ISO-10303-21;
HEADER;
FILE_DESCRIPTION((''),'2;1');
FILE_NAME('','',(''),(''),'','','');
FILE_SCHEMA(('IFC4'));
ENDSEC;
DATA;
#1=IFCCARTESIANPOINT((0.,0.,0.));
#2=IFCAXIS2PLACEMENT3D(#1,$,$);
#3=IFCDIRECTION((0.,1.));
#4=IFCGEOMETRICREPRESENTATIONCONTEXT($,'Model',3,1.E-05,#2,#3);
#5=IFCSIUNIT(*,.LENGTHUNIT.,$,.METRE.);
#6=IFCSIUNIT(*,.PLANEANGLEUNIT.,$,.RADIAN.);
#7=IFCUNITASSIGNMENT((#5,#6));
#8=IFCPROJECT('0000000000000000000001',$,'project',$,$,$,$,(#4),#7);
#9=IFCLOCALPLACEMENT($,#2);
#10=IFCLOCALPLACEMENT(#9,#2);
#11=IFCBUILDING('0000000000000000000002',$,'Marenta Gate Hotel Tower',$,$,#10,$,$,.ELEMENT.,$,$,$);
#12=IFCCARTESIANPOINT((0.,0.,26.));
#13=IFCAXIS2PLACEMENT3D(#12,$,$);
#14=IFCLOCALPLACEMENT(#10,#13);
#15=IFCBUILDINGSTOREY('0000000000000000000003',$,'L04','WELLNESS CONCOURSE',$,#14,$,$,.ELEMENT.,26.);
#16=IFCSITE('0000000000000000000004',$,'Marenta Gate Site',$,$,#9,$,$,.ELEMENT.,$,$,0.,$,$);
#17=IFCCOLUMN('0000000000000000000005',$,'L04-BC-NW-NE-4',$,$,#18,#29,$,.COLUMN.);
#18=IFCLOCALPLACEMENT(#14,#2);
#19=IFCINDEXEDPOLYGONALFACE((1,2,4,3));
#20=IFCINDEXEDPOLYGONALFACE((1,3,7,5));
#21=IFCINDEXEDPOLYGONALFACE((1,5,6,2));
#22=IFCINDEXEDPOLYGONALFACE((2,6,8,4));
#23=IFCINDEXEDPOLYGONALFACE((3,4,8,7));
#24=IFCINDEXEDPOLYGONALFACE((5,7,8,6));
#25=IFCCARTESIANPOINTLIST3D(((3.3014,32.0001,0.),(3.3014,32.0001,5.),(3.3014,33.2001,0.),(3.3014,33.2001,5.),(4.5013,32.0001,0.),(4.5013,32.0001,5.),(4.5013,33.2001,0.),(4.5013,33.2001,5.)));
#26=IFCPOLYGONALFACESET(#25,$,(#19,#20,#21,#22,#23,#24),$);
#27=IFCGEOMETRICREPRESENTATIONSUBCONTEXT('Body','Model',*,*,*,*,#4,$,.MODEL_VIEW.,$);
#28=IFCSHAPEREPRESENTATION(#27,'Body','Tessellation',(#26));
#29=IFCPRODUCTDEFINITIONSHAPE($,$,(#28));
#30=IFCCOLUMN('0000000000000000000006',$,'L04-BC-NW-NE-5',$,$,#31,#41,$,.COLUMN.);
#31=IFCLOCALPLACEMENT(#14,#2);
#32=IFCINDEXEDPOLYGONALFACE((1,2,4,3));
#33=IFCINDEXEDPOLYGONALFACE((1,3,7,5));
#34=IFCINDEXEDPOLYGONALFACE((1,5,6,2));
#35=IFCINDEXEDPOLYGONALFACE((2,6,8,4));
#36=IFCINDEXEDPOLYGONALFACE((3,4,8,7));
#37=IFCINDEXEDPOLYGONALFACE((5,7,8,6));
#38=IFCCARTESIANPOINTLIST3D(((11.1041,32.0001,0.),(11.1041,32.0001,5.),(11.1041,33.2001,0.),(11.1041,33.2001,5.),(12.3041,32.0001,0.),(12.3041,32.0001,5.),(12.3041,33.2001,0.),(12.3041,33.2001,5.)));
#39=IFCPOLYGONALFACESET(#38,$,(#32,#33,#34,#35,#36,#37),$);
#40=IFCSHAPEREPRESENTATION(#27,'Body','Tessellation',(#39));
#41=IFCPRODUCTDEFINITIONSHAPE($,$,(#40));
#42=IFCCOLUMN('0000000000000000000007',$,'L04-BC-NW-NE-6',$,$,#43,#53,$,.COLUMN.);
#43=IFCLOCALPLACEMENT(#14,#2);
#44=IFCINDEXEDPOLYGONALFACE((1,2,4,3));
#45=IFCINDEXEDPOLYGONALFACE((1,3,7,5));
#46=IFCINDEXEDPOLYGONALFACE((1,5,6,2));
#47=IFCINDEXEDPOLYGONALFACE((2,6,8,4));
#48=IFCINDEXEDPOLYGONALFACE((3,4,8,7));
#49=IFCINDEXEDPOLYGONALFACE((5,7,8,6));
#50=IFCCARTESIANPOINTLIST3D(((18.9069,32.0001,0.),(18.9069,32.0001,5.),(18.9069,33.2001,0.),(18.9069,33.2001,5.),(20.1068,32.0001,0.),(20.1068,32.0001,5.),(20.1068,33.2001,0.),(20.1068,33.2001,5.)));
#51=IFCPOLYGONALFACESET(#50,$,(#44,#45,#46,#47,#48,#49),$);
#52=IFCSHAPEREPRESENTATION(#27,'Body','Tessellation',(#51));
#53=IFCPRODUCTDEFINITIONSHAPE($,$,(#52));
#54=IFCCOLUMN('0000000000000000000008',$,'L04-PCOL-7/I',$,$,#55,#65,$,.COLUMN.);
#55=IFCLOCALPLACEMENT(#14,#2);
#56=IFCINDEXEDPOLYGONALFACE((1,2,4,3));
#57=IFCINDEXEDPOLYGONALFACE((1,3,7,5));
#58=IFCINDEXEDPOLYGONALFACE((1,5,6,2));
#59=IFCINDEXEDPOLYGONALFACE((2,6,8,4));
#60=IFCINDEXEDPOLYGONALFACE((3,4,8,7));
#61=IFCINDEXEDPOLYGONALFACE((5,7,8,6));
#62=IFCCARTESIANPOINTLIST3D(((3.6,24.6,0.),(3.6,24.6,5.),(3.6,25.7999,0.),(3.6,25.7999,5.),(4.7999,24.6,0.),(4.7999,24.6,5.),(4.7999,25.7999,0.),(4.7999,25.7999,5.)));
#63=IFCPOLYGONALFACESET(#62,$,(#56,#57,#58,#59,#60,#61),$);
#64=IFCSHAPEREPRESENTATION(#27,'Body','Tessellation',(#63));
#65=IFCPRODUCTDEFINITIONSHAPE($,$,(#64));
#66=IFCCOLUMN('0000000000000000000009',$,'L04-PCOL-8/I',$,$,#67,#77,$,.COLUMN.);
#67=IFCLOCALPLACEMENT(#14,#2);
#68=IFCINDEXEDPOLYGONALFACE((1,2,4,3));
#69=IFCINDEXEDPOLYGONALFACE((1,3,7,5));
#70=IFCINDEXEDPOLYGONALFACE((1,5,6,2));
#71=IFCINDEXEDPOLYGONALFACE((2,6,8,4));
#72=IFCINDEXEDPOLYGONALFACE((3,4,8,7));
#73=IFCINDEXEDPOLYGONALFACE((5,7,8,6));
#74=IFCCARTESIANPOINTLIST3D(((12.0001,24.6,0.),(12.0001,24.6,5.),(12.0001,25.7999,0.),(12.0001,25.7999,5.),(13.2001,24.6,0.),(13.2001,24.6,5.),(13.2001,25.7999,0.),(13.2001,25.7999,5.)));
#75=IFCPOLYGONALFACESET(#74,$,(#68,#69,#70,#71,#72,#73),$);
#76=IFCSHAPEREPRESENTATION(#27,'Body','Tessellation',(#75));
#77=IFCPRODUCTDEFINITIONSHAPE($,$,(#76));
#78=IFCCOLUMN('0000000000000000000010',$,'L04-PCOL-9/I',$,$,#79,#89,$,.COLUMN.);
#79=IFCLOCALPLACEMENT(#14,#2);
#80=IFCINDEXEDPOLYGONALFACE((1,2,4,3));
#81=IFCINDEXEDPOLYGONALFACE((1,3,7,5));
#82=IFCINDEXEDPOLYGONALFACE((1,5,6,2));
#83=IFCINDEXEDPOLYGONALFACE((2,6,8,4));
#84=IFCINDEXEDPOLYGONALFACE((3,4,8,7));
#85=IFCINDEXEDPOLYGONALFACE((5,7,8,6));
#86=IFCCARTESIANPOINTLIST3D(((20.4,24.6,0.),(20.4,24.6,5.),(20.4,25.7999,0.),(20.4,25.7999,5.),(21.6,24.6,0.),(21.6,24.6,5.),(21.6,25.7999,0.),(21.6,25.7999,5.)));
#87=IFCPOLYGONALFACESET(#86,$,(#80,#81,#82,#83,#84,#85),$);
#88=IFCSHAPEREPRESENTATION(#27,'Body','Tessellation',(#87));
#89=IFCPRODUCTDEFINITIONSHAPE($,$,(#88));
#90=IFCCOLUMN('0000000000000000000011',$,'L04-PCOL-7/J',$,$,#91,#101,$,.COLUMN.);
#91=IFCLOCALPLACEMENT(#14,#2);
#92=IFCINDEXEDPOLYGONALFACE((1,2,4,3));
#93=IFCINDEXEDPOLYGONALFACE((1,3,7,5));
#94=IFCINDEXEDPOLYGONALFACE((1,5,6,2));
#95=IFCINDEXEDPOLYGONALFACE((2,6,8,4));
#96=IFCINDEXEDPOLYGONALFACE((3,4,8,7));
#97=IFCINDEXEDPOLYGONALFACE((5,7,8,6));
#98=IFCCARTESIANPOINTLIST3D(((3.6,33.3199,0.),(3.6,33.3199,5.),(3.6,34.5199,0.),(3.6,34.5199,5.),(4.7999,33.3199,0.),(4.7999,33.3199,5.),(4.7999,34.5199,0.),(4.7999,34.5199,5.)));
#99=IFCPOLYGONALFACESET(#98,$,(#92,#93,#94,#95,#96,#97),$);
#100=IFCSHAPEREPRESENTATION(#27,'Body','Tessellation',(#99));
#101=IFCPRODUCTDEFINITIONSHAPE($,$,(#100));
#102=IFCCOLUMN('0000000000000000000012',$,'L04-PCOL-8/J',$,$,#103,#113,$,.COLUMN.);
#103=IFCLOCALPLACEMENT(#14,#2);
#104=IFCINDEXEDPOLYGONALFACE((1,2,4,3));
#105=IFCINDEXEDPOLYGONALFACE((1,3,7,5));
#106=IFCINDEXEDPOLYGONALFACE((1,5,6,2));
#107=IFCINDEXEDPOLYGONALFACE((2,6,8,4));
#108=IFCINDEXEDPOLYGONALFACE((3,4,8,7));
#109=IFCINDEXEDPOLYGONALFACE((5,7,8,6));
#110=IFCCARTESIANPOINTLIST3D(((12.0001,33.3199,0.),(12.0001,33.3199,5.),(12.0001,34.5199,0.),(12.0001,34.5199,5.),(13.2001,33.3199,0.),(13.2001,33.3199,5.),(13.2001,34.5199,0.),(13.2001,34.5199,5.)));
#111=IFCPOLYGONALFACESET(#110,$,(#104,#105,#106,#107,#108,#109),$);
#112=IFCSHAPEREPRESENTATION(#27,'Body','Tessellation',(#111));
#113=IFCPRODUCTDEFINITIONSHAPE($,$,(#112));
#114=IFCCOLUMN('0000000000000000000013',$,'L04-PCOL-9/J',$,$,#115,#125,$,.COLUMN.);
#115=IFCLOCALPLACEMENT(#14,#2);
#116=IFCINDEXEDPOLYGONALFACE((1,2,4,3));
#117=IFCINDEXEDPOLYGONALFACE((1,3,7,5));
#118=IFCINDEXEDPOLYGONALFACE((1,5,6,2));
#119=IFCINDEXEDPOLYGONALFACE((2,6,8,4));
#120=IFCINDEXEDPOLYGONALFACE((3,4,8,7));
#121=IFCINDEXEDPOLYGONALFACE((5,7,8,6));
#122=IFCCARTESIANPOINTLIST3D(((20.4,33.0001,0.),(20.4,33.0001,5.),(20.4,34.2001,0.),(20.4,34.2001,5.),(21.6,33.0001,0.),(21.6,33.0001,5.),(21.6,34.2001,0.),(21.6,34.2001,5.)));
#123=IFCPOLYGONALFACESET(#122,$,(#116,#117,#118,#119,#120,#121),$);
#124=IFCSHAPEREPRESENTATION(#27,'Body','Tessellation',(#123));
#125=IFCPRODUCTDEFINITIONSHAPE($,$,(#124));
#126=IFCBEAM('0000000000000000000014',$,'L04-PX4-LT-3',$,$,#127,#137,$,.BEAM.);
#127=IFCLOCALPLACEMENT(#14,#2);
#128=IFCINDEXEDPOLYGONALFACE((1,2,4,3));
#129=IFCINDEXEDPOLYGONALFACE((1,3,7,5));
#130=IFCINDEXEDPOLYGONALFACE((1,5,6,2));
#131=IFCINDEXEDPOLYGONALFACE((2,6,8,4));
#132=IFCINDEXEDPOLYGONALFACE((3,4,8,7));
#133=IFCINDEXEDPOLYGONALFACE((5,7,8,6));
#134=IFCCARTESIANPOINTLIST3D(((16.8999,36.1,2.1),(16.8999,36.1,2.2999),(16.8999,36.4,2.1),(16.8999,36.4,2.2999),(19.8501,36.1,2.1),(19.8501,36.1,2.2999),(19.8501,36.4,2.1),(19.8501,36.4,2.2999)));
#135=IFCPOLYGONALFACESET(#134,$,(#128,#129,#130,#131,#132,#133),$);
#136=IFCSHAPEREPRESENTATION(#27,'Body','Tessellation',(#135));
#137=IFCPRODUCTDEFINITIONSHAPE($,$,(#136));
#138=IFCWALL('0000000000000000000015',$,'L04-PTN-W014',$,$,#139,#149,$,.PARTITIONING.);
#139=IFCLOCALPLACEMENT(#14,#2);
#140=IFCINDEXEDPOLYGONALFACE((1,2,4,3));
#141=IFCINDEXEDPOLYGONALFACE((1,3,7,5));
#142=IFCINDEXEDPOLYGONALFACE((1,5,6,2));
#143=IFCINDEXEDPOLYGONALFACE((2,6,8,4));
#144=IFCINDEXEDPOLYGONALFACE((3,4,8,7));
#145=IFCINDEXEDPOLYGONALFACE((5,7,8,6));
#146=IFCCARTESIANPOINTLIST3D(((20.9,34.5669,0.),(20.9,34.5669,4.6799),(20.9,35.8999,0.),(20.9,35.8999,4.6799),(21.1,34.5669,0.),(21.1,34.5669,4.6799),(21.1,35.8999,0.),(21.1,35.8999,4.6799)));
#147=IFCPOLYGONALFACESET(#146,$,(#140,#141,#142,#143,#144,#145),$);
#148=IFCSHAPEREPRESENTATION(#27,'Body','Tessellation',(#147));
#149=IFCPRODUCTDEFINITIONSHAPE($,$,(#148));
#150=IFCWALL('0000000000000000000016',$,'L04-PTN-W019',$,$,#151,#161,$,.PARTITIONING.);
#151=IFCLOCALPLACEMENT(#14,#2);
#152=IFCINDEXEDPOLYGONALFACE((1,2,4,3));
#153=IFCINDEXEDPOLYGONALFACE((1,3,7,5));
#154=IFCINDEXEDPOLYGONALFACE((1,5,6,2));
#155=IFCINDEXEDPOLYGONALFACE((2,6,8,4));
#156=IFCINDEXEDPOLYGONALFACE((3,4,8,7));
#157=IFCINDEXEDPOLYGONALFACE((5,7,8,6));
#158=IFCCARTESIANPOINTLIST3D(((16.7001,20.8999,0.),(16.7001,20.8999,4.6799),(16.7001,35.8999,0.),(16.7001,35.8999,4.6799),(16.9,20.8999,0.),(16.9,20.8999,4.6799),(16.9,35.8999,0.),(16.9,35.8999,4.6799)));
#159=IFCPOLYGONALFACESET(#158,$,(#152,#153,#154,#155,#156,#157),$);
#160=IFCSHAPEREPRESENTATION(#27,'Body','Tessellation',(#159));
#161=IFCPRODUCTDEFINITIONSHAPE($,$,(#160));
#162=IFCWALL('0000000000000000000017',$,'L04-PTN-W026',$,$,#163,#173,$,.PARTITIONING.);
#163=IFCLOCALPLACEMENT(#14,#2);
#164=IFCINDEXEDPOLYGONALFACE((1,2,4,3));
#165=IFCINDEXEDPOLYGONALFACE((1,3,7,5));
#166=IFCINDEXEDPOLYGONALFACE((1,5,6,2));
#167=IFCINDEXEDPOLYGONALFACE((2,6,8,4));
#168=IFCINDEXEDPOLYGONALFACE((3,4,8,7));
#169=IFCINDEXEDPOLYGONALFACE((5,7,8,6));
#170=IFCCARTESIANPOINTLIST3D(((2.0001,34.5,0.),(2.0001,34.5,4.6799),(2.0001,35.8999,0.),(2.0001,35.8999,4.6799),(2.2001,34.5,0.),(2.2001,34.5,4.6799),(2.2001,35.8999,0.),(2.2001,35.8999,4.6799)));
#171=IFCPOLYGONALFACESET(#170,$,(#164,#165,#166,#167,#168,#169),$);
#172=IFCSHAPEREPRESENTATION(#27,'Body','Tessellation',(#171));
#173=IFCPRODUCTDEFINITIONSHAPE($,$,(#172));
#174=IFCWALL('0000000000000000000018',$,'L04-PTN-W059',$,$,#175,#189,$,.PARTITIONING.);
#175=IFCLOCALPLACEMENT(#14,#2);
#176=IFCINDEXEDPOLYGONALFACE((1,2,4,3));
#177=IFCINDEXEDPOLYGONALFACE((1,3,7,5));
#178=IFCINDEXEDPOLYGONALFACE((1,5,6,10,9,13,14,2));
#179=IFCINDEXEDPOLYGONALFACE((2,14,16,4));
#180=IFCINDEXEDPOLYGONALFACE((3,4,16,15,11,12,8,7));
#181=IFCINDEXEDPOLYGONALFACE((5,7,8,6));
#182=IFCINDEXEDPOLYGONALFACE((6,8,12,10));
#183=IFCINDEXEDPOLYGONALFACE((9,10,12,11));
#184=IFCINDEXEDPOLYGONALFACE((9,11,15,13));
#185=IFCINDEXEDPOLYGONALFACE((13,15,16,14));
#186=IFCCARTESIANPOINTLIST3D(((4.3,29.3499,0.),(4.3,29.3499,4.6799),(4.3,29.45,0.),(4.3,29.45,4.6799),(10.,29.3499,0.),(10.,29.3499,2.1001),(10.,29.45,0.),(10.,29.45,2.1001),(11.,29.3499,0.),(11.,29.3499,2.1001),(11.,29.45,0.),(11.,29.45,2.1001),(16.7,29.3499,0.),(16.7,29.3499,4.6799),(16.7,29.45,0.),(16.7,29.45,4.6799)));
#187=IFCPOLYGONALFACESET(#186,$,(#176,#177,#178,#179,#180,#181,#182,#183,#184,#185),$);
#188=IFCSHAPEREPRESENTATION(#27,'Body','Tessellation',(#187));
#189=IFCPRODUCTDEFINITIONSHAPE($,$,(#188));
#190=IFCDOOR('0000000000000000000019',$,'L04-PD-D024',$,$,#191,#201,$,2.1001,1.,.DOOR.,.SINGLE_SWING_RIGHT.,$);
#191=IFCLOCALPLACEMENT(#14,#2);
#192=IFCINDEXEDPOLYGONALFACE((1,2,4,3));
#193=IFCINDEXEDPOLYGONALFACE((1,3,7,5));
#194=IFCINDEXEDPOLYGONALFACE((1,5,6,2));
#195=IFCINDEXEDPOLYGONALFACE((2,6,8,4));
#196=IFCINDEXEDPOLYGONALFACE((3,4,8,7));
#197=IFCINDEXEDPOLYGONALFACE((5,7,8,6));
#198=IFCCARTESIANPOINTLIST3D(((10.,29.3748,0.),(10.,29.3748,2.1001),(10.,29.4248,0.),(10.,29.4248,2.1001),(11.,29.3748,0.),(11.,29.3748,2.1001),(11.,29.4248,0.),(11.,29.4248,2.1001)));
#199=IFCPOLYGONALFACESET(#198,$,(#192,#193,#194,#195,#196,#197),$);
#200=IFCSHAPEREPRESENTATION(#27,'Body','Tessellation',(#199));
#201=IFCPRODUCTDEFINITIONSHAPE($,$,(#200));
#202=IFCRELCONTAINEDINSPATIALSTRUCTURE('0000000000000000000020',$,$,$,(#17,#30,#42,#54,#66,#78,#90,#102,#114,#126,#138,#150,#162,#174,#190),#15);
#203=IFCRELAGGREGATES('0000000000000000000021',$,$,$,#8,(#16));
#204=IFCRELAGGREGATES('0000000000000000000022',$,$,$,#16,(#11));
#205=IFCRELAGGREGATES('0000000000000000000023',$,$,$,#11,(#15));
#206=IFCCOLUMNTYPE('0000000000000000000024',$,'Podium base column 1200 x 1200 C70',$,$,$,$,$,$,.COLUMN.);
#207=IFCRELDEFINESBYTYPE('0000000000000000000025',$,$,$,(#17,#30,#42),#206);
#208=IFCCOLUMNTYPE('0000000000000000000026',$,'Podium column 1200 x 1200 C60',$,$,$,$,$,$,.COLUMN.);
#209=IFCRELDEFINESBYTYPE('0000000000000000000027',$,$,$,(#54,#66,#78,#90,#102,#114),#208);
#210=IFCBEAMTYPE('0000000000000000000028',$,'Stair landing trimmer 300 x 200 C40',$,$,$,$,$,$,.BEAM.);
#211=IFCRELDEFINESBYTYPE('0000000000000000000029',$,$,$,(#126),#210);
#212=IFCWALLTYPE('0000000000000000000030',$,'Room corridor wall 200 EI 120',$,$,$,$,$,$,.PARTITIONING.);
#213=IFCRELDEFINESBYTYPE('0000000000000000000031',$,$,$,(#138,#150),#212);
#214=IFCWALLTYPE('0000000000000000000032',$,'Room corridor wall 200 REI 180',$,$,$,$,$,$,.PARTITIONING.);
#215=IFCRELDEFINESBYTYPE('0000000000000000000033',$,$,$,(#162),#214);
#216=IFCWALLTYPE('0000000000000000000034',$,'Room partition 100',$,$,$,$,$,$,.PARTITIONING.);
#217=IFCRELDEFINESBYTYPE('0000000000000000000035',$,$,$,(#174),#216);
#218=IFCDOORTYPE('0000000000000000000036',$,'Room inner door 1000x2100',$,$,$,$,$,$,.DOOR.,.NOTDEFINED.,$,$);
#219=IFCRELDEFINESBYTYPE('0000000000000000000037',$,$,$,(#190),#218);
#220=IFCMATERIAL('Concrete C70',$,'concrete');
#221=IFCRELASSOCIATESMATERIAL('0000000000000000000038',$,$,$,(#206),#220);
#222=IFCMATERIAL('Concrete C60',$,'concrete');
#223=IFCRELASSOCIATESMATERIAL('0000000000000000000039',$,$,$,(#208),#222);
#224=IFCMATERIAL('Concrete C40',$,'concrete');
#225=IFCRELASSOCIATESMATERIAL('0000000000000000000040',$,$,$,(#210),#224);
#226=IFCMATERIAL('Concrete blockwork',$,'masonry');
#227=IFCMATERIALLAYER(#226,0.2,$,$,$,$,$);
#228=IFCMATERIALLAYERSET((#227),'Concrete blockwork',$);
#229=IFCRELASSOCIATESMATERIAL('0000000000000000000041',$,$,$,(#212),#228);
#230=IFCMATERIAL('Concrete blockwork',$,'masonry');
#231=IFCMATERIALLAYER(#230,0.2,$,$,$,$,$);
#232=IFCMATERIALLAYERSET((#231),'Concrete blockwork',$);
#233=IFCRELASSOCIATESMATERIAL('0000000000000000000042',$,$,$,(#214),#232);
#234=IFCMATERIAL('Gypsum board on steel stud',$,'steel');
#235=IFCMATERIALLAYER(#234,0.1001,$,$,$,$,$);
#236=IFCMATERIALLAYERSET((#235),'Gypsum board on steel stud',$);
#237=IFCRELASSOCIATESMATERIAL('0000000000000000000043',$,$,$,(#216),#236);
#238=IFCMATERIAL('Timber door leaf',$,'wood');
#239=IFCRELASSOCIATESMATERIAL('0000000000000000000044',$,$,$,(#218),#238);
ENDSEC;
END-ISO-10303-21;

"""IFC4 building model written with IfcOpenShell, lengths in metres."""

from ifc_helpers import new_model, si_unit, direction, frame, frame_2d, origin, origin_2d, place, context, subcontext, project, spatial, rectangle, extrude, material, layer, layer_set, material_profile, profile_set, type_object, element, fill, save


model = new_model("IFC4")

# Units and contexts
model_context = context("Model", 3, precision=1e-05, world=origin(), true_north=direction((0.0, 1.0)))
body_context = subcontext(model_context, "Body", "Model", "MODEL_VIEW")
ifc_project = project(units=[si_unit("LENGTHUNIT", "METRE"), si_unit("PLANEANGLEUNIT", "RADIAN")], contexts=[model_context])

# Site, building, storey
site_placement = place(None, origin())
site = spatial("IfcSite", under=ifc_project, at=site_placement, Name="Marenta Gate Site", CompositionType="ELEMENT", RefElevation=0.0)
building_placement = place(site_placement, origin())
building = spatial("IfcBuilding", under=site, at=building_placement, Name="Marenta Gate Hotel Tower", CompositionType="ELEMENT")
storey_placement = place(building_placement, frame((0.0, 0.0, 26.0)))
storey = spatial("IfcBuildingStorey", under=building, at=storey_placement, Name="L04", Description="WELLNESS CONCOURSE", CompositionType="ELEMENT", Elevation=26.0)

# Columns
ifc_material_1 = material(Name="Concrete C70", Category="concrete")
ifc_material_profile_1 = material_profile(ifc_material_1, rectangle(XDim=1.2, YDim=1.2, at=origin_2d()), Name="1200 x 1200")
ifc_profile_set_1 = profile_set([ifc_material_profile_1], Name="Concrete C70")
column_type_1 = type_object("IfcColumnType", Name="Podium base column 1200 x 1200 C70", PredefinedType="COLUMN", material=ifc_profile_set_1)
for number, where, z_axis, x_axis, name in (
    (1, (3.9014, 32.6001, 0.0), (0.0, 0.0, 1.0), (1.0, 0.0, 0.0), "L04-BC-NW-NE-4"),
    (2, (11.7041, 32.6001, 0.0), (0.0, 0.0, 1.0), (1.0, 0.0, 0.0), "L04-BC-NW-NE-5"),
    (3, (19.5068, 32.6001, 0.0), (0.0, 0.0, 1.0), (1.0, 0.0, 0.0), "L04-BC-NW-NE-6"),
):
    element("IfcColumn", number, at=place(storey_placement, frame(where, z_axis=z_axis, x_axis=x_axis)), inside=storey, type_object=column_type_1, Name=name, PredefinedType="COLUMN", context=body_context, shape_type="SweptSolid", body=[
        extrude(rectangle(XDim=1.2, YDim=1.2, at=origin_2d()), origin(), (0.0, 0.0, 1.0), 5.0),
    ])
ifc_material_2 = material(Name="Concrete C60", Category="concrete")
ifc_material_profile_2 = material_profile(ifc_material_2, rectangle(XDim=1.2, YDim=1.2, at=origin_2d()), Name="1200 x 1200")
ifc_profile_set_2 = profile_set([ifc_material_profile_2], Name="Concrete C60")
column_type_2 = type_object("IfcColumnType", Name="Podium column 1200 x 1200 C60", PredefinedType="COLUMN", material=ifc_profile_set_2)
for number, where, z_axis, x_axis, name in (
    (4, (4.2, 25.2, 0.0), (0.0, 0.0, 1.0), (1.0, 0.0, 0.0), "L04-PCOL-7/I"),
    (5, (12.6001, 25.2, 0.0), (0.0, 0.0, 1.0), (1.0, 0.0, 0.0), "L04-PCOL-8/I"),
    (6, (21.0, 25.2, 0.0), (0.0, 0.0, 1.0), (1.0, 0.0, 0.0), "L04-PCOL-9/I"),
    (7, (4.2, 33.9199, 0.0), (0.0, 0.0, 1.0), (1.0, 0.0, 0.0), "L04-PCOL-7/J"),
    (8, (12.6001, 33.9199, 0.0), (0.0, 0.0, 1.0), (1.0, 0.0, 0.0), "L04-PCOL-8/J"),
    (9, (21.0, 33.6001, 0.0), (0.0, 0.0, 1.0), (1.0, 0.0, 0.0), "L04-PCOL-9/J"),
):
    element("IfcColumn", number, at=place(storey_placement, frame(where, z_axis=z_axis, x_axis=x_axis)), inside=storey, type_object=column_type_2, Name=name, PredefinedType="COLUMN", context=body_context, shape_type="SweptSolid", body=[
        extrude(rectangle(XDim=1.2, YDim=1.2, at=origin_2d()), origin(), (0.0, 0.0, 1.0), 5.0),
    ])

# Beam
ifc_material_3 = material(Name="Concrete C40", Category="concrete")
ifc_material_profile_3 = material_profile(ifc_material_3, rectangle(XDim=0.3, YDim=0.2, at=origin_2d()), Name="300 x 200")
ifc_profile_set_3 = profile_set([ifc_material_profile_3], Name="Concrete C40")
beam_type = type_object("IfcBeamType", Name="Stair landing trimmer 300 x 200 C40", PredefinedType="BEAM", material=ifc_profile_set_3)
beam_placement = place(storey_placement, frame((16.8999, 36.25, 2.2), z_axis=(1.0, 0.0, 0.0), x_axis=(0.0, 1.0, 0.0)))
element("IfcBeam", 10, at=beam_placement, inside=storey, type_object=beam_type, Name="L04-PX4-LT-3", PredefinedType="BEAM", context=body_context, shape_type="SweptSolid", body=[
    extrude(rectangle(XDim=0.3, YDim=0.2, at=origin_2d()), origin(), (0.0, 0.0, 1.0), 2.9502),
])

# Walls
ifc_material_4 = material(Name="Concrete blockwork", Category="masonry")
ifc_layer_1 = layer(ifc_material_4, 0.2)
ifc_layer_set_1 = layer_set([ifc_layer_1], Name="Concrete blockwork")
wall_type_1 = type_object("IfcWallType", Name="Room corridor wall 200 EI 120", PredefinedType="PARTITIONING", material=ifc_layer_set_1)
wall_1_placement = place(storey_placement, frame((21.0, 34.5669, 0.0), z_axis=(0.0, 0.0, 1.0), x_axis=(0.0, 1.0, 0.0)))
element("IfcWall", 11, at=wall_1_placement, inside=storey, type_object=wall_type_1, Name="L04-PTN-W014", PredefinedType="PARTITIONING", context=body_context, shape_type="SweptSolid", body=[
    extrude(rectangle(XDim=1.333, YDim=0.2, at=frame_2d((0.6665, 0.0))), origin(), (0.0, 0.0, 1.0), 4.6799),
])
wall_2_placement = place(storey_placement, frame((16.8, 20.8999, 0.0), z_axis=(0.0, 0.0, 1.0), x_axis=(0.0, 1.0, 0.0)))
element("IfcWall", 12, at=wall_2_placement, inside=storey, type_object=wall_type_1, Name="L04-PTN-W019", PredefinedType="PARTITIONING", context=body_context, shape_type="SweptSolid", body=[
    extrude(rectangle(XDim=15.0, YDim=0.2, at=frame_2d((7.5, 0.0))), origin(), (0.0, 0.0, 1.0), 4.6799),
])
ifc_material_5 = material(Name="Concrete blockwork", Category="masonry")
ifc_layer_2 = layer(ifc_material_5, 0.2)
ifc_layer_set_2 = layer_set([ifc_layer_2], Name="Concrete blockwork")
wall_type_2 = type_object("IfcWallType", Name="Room corridor wall 200 REI 180", PredefinedType="PARTITIONING", material=ifc_layer_set_2)
wall_3_placement = place(storey_placement, frame((2.1001, 34.5, 0.0), z_axis=(0.0, 0.0, 1.0), x_axis=(0.0, 1.0, 0.0)))
element("IfcWall", 13, at=wall_3_placement, inside=storey, type_object=wall_type_2, Name="L04-PTN-W026", PredefinedType="PARTITIONING", context=body_context, shape_type="SweptSolid", body=[
    extrude(rectangle(XDim=1.3999, YDim=0.2, at=frame_2d((0.7, 0.0))), origin(), (0.0, 0.0, 1.0), 4.6799),
])

# Wall, opening, door
ifc_material_6 = material(Name="Gypsum board on steel stud", Category="steel")
ifc_layer_3 = layer(ifc_material_6, 0.1001)
ifc_layer_set_3 = layer_set([ifc_layer_3], Name="Gypsum board on steel stud")
wall_type_3 = type_object("IfcWallType", Name="Room partition 100", PredefinedType="PARTITIONING", material=ifc_layer_set_3)
wall_4_placement = place(storey_placement, frame((4.3, 29.3999, 0.0), z_axis=(0.0, 0.0, 1.0), x_axis=(1.0, 0.0, 0.0)))
wall_4 = element("IfcWall", 14, at=wall_4_placement, inside=storey, type_object=wall_type_3, Name="L04-PTN-W059", PredefinedType="PARTITIONING", context=body_context, shape_type="SweptSolid", body=[
    extrude(rectangle(XDim=12.3999, YDim=0.1001, at=frame_2d((6.2, 0.0))), origin(), (0.0, 0.0, 1.0), 4.6799),
])
opening_1_placement = place(wall_4_placement, frame((5.7, 0.0, 0.0)))
opening_1 = element("IfcOpeningElement", 15, at=opening_1_placement, cuts=wall_4, PredefinedType="OPENING", context=body_context, shape_type="SweptSolid", body=[
    extrude(rectangle(XDim=1.0, YDim=2.1001, at=frame_2d((0.5, 1.05))), frame((0.0, 0.05, 0.0), z_axis=(0.0, -1.0, 0.0), x_axis=(1.0, 0.0, 0.0)), (0.0, 0.0, 1.0), 0.1001),
])
ifc_material_7 = material(Name="Timber door leaf", Category="wood")
door_type_1 = type_object("IfcDoorType", Name="Room inner door 1000x2100", OperationType="NOTDEFINED", PredefinedType="DOOR", material=ifc_material_7)
door_1_placement = place(opening_1_placement, origin())
door_1 = element("IfcDoor", 16, at=door_1_placement, inside=storey, type_object=door_type_1, Name="L04-PD-D024", OperationType="SINGLE_SWING_RIGHT", OverallHeight=2.1001, OverallWidth=1.0, PredefinedType="DOOR", context=body_context, shape_type="SweptSolid", body=[
    extrude(rectangle(XDim=1.0, YDim=2.1001, at=frame_2d((0.5, 1.05))), frame((0.0, 0.0249, 0.0), z_axis=(0.0, -1.0, 0.0), x_axis=(1.0, 0.0, 0.0)), (0.0, 0.0, 1.0), 0.05),
])
fill(opening_1, door_1)

save(model, "model.ifc")
